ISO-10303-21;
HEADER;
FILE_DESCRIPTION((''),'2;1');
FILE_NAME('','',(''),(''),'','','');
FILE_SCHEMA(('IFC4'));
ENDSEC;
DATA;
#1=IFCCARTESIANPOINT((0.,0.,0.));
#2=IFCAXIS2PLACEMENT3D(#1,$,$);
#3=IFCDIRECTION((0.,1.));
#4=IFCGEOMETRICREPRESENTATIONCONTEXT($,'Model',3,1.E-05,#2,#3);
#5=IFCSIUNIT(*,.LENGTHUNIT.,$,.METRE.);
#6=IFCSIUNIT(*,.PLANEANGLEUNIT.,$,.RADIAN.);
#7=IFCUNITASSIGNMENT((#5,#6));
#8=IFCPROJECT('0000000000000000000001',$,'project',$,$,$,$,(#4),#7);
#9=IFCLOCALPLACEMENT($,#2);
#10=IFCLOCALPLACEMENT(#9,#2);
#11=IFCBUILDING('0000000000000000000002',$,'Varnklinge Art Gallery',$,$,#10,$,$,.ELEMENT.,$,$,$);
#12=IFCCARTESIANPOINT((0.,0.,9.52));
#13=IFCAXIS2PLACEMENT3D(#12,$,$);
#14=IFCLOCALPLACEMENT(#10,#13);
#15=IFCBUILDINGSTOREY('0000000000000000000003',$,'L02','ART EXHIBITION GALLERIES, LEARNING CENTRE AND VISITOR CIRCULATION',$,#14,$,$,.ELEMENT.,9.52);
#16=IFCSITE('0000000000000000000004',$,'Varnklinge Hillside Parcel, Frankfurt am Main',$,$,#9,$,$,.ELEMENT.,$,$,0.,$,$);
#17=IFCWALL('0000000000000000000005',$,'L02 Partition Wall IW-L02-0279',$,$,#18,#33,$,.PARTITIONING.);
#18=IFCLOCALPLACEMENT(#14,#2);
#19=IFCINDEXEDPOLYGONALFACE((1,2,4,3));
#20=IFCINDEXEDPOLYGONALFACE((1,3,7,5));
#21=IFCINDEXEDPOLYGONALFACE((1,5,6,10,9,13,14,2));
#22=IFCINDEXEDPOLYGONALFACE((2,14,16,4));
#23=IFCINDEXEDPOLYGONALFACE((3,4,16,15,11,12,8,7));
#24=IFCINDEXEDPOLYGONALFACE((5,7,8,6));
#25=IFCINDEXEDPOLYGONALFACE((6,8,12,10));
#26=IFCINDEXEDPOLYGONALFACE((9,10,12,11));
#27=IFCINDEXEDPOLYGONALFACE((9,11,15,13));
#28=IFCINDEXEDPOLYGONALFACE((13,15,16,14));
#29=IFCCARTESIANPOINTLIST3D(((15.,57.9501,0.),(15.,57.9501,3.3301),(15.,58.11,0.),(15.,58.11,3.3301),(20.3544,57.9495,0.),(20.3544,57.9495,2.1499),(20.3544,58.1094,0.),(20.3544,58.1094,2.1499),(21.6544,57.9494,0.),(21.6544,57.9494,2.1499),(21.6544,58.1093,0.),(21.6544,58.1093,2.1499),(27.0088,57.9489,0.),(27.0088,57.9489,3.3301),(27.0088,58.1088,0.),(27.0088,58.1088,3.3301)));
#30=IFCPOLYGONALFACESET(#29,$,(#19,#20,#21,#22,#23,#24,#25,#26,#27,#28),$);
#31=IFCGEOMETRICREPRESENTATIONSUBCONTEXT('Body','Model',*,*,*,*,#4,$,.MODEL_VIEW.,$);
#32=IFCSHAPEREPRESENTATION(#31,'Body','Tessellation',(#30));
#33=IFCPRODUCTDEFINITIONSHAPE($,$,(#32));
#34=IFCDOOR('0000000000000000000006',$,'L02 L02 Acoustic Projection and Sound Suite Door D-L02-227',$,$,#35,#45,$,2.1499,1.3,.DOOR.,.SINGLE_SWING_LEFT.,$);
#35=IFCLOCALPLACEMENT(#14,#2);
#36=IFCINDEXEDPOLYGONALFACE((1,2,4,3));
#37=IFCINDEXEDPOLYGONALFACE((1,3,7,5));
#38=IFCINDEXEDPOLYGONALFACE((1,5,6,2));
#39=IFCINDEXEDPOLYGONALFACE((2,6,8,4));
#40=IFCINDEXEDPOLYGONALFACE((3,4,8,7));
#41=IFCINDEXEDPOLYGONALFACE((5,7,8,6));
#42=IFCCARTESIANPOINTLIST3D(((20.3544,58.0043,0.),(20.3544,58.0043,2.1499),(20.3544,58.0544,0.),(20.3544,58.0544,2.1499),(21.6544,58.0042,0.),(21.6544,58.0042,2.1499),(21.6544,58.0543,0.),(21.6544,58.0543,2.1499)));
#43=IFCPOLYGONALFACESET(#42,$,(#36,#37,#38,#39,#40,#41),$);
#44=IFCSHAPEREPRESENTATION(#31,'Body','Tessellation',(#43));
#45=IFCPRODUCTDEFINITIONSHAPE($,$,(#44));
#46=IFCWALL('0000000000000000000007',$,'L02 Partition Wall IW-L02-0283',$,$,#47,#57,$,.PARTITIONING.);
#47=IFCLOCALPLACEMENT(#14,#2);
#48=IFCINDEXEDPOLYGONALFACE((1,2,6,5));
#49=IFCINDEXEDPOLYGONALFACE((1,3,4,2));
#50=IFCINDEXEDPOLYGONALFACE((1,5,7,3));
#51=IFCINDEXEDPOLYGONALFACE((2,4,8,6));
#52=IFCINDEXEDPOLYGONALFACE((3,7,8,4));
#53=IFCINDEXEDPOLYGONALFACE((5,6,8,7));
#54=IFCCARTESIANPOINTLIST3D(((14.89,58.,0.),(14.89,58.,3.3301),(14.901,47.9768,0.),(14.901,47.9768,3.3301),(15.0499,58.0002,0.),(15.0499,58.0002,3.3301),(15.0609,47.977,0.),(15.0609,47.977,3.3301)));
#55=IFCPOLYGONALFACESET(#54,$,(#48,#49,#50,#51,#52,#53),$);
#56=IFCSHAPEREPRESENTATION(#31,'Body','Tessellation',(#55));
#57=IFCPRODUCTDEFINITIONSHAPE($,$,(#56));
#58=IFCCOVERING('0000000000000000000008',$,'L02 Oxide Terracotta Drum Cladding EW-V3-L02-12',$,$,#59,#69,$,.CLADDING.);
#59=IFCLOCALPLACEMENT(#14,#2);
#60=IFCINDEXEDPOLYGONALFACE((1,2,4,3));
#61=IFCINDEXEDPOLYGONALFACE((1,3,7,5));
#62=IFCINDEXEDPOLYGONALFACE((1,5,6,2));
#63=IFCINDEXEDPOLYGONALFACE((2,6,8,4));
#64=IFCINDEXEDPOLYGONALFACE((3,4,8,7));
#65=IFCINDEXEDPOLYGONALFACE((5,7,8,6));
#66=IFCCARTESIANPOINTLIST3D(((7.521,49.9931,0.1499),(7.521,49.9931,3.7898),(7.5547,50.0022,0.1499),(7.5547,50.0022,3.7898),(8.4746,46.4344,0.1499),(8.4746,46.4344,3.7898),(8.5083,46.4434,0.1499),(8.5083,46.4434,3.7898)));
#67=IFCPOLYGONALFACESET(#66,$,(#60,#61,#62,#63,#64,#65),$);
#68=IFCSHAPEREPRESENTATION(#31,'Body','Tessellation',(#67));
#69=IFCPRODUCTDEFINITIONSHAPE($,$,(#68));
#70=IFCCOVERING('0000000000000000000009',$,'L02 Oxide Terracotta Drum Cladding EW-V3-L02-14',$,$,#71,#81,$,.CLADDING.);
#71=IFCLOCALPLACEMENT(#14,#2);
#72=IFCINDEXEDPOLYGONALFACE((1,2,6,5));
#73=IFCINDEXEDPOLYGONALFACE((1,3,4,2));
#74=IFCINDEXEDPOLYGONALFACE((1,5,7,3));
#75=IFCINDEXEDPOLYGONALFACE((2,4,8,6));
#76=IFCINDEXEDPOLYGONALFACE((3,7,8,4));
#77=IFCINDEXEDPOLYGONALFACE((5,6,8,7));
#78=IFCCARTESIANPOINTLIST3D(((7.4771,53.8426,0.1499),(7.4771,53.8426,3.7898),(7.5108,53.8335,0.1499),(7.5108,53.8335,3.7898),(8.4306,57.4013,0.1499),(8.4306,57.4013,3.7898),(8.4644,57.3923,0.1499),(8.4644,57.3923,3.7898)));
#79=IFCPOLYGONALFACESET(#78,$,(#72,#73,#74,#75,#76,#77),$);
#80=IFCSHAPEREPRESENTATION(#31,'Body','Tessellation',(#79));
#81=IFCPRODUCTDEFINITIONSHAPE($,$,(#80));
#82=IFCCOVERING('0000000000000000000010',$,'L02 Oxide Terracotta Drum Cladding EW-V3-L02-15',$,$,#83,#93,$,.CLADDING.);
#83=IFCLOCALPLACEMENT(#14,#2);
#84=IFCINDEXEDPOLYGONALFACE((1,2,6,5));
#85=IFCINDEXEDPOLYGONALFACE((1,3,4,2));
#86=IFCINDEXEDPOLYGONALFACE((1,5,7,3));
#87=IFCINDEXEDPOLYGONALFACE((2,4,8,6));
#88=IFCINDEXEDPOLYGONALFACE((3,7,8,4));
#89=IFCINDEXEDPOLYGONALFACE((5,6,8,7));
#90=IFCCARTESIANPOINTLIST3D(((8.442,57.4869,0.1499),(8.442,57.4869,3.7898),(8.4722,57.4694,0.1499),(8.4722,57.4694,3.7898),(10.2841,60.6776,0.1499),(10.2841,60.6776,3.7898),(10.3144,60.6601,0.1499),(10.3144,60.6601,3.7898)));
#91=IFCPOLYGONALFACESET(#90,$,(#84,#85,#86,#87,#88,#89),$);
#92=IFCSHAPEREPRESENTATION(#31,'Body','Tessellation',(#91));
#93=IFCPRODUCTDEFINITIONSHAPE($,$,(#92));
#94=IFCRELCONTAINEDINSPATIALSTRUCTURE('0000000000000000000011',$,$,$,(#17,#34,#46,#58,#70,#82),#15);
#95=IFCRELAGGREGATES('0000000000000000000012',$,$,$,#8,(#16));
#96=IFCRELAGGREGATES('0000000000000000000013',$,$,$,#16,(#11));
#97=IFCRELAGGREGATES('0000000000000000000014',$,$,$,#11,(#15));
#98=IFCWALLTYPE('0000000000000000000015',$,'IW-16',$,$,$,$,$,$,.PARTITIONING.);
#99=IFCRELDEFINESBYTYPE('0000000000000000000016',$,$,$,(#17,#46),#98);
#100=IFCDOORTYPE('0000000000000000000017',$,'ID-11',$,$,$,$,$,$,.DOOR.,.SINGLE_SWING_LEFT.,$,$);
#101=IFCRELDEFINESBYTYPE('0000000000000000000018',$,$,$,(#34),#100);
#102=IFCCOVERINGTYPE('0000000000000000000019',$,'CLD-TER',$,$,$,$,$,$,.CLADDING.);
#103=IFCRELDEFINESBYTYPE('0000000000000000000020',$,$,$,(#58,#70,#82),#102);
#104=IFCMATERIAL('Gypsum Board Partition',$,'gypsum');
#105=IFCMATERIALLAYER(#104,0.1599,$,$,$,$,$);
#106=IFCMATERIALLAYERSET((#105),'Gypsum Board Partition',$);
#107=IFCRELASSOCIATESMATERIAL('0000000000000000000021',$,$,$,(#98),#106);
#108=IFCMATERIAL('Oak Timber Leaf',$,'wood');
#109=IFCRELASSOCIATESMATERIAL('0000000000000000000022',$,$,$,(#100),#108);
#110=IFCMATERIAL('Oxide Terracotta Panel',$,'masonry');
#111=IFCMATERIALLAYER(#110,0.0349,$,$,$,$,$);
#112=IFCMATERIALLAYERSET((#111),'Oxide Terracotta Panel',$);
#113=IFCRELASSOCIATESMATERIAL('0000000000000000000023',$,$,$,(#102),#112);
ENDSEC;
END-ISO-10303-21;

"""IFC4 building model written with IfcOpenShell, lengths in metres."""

from ifc_helpers import new_model, si_unit, direction, frame, frame_2d, origin, origin_2d, place, context, subcontext, project, spatial, rectangle, extrude, material, layer, layer_set, type_object, element, fill, save


model = new_model("IFC4")

# Units and contexts
model_context = context("Model", 3, precision=1e-05, world=origin(), true_north=direction((0.0, 1.0)))
body_context = subcontext(model_context, "Body", "Model", "MODEL_VIEW")
ifc_project = project(units=[si_unit("LENGTHUNIT", "METRE"), si_unit("PLANEANGLEUNIT", "RADIAN")], contexts=[model_context])

# Site, building, storey
site_placement = place(None, origin())
site = spatial("IfcSite", under=ifc_project, at=site_placement, Name="Varnklinge Hillside Parcel, Frankfurt am Main", CompositionType="ELEMENT", RefElevation=0.0)
building_placement = place(site_placement, origin())
building = spatial("IfcBuilding", under=site, at=building_placement, Name="Varnklinge Art Gallery", CompositionType="ELEMENT")
storey_placement = place(building_placement, frame((0.0, 0.0, 9.52)))
storey = spatial("IfcBuildingStorey", under=building, at=storey_placement, Name="L02", Description="ART EXHIBITION GALLERIES, LEARNING CENTRE AND VISITOR CIRCULATION", CompositionType="ELEMENT", Elevation=9.52)

# Wall, opening, door
ifc_material_1 = material(Name="Gypsum Board Partition", Category="gypsum")
ifc_layer_1 = layer(ifc_material_1, 0.1599)
ifc_layer_set_1 = layer_set([ifc_layer_1], Name="Gypsum Board Partition")
wall_type_1 = type_object("IfcWallType", Name="IW-16", PredefinedType="PARTITIONING", material=ifc_layer_set_1)
wall_1_placement = place(storey_placement, frame((15.0, 58.03, 0.0), z_axis=(0.0, 0.0, 1.0), x_axis=(1.0, -0.000102, 0.0)))
wall_1 = element("IfcWall", 1, at=wall_1_placement, inside=storey, type_object=wall_type_1, Name="L02 Partition Wall IW-L02-0279", PredefinedType="PARTITIONING", context=body_context, shape_type="SweptSolid", body=[
    extrude(rectangle(XDim=12.0088, YDim=0.1599, at=frame_2d((6.0044, 0.0))), origin(), (0.0, 0.0, 1.0), 3.3301),
])
opening_1_placement = place(wall_1_placement, frame((5.3545, 0.0, 0.0)))
opening_1 = element("IfcOpeningElement", 2, at=opening_1_placement, cuts=wall_1, PredefinedType="OPENING", context=body_context, shape_type="SweptSolid", body=[
    extrude(rectangle(XDim=1.3, YDim=2.1499, at=frame_2d((0.6499, 1.075))), frame((0.0, 0.0901, 0.0), z_axis=(0.0, -1.0, 0.0), x_axis=(1.0, 0.0, 0.0)), (0.0, 0.0, 1.0), 0.1799),
])
ifc_material_2 = material(Name="Oak Timber Leaf", Category="wood")
door_type = type_object("IfcDoorType", Name="ID-11", OperationType="SINGLE_SWING_LEFT", PredefinedType="DOOR", material=ifc_material_2)
door_placement = place(opening_1_placement, origin())
door = element("IfcDoor", 3, at=door_placement, inside=storey, type_object=door_type, Name="L02 L02 Acoustic Projection and Sound Suite Door D-L02-227", OperationType="SINGLE_SWING_LEFT", OverallHeight=2.1499, OverallWidth=1.3, PredefinedType="DOOR", context=body_context, shape_type="SweptSolid", body=[
    extrude(rectangle(XDim=1.3, YDim=2.1499, at=frame_2d((0.6499, 1.075))), frame((0.0, 0.0249, 0.0), z_axis=(0.0, -1.0, 0.0), x_axis=(1.0, 0.0, 0.0)), (0.0, 0.0, 1.0), 0.05),
])
fill(opening_1, door)

# Wall
wall_2_placement = place(storey_placement, frame((14.981, 47.9768, 0.0), z_axis=(0.0, 0.0, 1.0), x_axis=(-0.001096, 0.999999, 0.0)))
element("IfcWall", 4, at=wall_2_placement, inside=storey, type_object=wall_type_1, Name="L02 Partition Wall IW-L02-0283", PredefinedType="PARTITIONING", context=body_context, shape_type="SweptSolid", body=[
    extrude(rectangle(XDim=10.0232, YDim=0.1599, at=frame_2d((5.0117, 0.0))), origin(), (0.0, 0.0, 1.0), 3.3301),
])

# Coverings
ifc_material_3 = material(Name="Oxide Terracotta Panel", Category="masonry")
ifc_layer_2 = layer(ifc_material_3, 0.0349)
ifc_layer_set_2 = layer_set([ifc_layer_2], Name="Oxide Terracotta Panel")
covering_type = type_object("IfcCoveringType", Name="CLD-TER", PredefinedType="CLADDING", material=ifc_layer_set_2)
for number, where, z_axis, x_axis, name in (
    (5, (8.0146, 48.2183, 0.1499), (0.0, 0.0, 1.0), (-0.258819, 0.965926, 0.0), "L02 Oxide Terracotta Drum Cladding EW-V3-L02-12"),
    (6, (7.9707, 55.6174, 0.1499), (0.0, 0.0, 1.0), (0.258819, 0.965926, 0.0), "L02 Oxide Terracotta Drum Cladding EW-V3-L02-14"),
    (7, (9.3782, 59.0735, 0.1499), (0.0, 0.0, 1.0), (0.5, 0.866025, 0.0), "L02 Oxide Terracotta Drum Cladding EW-V3-L02-15"),
):
    element("IfcCovering", number, at=place(storey_placement, frame(where, z_axis=z_axis, x_axis=x_axis)), inside=storey, type_object=covering_type, Name=name, PredefinedType="CLADDING", context=body_context, shape_type="SweptSolid", body=[
        extrude(rectangle(XDim=3.6843, YDim=0.0349, at=origin_2d()), origin(), (0.0, 0.0, 1.0), 3.6399),
    ])

save(model, "model.ifc")
